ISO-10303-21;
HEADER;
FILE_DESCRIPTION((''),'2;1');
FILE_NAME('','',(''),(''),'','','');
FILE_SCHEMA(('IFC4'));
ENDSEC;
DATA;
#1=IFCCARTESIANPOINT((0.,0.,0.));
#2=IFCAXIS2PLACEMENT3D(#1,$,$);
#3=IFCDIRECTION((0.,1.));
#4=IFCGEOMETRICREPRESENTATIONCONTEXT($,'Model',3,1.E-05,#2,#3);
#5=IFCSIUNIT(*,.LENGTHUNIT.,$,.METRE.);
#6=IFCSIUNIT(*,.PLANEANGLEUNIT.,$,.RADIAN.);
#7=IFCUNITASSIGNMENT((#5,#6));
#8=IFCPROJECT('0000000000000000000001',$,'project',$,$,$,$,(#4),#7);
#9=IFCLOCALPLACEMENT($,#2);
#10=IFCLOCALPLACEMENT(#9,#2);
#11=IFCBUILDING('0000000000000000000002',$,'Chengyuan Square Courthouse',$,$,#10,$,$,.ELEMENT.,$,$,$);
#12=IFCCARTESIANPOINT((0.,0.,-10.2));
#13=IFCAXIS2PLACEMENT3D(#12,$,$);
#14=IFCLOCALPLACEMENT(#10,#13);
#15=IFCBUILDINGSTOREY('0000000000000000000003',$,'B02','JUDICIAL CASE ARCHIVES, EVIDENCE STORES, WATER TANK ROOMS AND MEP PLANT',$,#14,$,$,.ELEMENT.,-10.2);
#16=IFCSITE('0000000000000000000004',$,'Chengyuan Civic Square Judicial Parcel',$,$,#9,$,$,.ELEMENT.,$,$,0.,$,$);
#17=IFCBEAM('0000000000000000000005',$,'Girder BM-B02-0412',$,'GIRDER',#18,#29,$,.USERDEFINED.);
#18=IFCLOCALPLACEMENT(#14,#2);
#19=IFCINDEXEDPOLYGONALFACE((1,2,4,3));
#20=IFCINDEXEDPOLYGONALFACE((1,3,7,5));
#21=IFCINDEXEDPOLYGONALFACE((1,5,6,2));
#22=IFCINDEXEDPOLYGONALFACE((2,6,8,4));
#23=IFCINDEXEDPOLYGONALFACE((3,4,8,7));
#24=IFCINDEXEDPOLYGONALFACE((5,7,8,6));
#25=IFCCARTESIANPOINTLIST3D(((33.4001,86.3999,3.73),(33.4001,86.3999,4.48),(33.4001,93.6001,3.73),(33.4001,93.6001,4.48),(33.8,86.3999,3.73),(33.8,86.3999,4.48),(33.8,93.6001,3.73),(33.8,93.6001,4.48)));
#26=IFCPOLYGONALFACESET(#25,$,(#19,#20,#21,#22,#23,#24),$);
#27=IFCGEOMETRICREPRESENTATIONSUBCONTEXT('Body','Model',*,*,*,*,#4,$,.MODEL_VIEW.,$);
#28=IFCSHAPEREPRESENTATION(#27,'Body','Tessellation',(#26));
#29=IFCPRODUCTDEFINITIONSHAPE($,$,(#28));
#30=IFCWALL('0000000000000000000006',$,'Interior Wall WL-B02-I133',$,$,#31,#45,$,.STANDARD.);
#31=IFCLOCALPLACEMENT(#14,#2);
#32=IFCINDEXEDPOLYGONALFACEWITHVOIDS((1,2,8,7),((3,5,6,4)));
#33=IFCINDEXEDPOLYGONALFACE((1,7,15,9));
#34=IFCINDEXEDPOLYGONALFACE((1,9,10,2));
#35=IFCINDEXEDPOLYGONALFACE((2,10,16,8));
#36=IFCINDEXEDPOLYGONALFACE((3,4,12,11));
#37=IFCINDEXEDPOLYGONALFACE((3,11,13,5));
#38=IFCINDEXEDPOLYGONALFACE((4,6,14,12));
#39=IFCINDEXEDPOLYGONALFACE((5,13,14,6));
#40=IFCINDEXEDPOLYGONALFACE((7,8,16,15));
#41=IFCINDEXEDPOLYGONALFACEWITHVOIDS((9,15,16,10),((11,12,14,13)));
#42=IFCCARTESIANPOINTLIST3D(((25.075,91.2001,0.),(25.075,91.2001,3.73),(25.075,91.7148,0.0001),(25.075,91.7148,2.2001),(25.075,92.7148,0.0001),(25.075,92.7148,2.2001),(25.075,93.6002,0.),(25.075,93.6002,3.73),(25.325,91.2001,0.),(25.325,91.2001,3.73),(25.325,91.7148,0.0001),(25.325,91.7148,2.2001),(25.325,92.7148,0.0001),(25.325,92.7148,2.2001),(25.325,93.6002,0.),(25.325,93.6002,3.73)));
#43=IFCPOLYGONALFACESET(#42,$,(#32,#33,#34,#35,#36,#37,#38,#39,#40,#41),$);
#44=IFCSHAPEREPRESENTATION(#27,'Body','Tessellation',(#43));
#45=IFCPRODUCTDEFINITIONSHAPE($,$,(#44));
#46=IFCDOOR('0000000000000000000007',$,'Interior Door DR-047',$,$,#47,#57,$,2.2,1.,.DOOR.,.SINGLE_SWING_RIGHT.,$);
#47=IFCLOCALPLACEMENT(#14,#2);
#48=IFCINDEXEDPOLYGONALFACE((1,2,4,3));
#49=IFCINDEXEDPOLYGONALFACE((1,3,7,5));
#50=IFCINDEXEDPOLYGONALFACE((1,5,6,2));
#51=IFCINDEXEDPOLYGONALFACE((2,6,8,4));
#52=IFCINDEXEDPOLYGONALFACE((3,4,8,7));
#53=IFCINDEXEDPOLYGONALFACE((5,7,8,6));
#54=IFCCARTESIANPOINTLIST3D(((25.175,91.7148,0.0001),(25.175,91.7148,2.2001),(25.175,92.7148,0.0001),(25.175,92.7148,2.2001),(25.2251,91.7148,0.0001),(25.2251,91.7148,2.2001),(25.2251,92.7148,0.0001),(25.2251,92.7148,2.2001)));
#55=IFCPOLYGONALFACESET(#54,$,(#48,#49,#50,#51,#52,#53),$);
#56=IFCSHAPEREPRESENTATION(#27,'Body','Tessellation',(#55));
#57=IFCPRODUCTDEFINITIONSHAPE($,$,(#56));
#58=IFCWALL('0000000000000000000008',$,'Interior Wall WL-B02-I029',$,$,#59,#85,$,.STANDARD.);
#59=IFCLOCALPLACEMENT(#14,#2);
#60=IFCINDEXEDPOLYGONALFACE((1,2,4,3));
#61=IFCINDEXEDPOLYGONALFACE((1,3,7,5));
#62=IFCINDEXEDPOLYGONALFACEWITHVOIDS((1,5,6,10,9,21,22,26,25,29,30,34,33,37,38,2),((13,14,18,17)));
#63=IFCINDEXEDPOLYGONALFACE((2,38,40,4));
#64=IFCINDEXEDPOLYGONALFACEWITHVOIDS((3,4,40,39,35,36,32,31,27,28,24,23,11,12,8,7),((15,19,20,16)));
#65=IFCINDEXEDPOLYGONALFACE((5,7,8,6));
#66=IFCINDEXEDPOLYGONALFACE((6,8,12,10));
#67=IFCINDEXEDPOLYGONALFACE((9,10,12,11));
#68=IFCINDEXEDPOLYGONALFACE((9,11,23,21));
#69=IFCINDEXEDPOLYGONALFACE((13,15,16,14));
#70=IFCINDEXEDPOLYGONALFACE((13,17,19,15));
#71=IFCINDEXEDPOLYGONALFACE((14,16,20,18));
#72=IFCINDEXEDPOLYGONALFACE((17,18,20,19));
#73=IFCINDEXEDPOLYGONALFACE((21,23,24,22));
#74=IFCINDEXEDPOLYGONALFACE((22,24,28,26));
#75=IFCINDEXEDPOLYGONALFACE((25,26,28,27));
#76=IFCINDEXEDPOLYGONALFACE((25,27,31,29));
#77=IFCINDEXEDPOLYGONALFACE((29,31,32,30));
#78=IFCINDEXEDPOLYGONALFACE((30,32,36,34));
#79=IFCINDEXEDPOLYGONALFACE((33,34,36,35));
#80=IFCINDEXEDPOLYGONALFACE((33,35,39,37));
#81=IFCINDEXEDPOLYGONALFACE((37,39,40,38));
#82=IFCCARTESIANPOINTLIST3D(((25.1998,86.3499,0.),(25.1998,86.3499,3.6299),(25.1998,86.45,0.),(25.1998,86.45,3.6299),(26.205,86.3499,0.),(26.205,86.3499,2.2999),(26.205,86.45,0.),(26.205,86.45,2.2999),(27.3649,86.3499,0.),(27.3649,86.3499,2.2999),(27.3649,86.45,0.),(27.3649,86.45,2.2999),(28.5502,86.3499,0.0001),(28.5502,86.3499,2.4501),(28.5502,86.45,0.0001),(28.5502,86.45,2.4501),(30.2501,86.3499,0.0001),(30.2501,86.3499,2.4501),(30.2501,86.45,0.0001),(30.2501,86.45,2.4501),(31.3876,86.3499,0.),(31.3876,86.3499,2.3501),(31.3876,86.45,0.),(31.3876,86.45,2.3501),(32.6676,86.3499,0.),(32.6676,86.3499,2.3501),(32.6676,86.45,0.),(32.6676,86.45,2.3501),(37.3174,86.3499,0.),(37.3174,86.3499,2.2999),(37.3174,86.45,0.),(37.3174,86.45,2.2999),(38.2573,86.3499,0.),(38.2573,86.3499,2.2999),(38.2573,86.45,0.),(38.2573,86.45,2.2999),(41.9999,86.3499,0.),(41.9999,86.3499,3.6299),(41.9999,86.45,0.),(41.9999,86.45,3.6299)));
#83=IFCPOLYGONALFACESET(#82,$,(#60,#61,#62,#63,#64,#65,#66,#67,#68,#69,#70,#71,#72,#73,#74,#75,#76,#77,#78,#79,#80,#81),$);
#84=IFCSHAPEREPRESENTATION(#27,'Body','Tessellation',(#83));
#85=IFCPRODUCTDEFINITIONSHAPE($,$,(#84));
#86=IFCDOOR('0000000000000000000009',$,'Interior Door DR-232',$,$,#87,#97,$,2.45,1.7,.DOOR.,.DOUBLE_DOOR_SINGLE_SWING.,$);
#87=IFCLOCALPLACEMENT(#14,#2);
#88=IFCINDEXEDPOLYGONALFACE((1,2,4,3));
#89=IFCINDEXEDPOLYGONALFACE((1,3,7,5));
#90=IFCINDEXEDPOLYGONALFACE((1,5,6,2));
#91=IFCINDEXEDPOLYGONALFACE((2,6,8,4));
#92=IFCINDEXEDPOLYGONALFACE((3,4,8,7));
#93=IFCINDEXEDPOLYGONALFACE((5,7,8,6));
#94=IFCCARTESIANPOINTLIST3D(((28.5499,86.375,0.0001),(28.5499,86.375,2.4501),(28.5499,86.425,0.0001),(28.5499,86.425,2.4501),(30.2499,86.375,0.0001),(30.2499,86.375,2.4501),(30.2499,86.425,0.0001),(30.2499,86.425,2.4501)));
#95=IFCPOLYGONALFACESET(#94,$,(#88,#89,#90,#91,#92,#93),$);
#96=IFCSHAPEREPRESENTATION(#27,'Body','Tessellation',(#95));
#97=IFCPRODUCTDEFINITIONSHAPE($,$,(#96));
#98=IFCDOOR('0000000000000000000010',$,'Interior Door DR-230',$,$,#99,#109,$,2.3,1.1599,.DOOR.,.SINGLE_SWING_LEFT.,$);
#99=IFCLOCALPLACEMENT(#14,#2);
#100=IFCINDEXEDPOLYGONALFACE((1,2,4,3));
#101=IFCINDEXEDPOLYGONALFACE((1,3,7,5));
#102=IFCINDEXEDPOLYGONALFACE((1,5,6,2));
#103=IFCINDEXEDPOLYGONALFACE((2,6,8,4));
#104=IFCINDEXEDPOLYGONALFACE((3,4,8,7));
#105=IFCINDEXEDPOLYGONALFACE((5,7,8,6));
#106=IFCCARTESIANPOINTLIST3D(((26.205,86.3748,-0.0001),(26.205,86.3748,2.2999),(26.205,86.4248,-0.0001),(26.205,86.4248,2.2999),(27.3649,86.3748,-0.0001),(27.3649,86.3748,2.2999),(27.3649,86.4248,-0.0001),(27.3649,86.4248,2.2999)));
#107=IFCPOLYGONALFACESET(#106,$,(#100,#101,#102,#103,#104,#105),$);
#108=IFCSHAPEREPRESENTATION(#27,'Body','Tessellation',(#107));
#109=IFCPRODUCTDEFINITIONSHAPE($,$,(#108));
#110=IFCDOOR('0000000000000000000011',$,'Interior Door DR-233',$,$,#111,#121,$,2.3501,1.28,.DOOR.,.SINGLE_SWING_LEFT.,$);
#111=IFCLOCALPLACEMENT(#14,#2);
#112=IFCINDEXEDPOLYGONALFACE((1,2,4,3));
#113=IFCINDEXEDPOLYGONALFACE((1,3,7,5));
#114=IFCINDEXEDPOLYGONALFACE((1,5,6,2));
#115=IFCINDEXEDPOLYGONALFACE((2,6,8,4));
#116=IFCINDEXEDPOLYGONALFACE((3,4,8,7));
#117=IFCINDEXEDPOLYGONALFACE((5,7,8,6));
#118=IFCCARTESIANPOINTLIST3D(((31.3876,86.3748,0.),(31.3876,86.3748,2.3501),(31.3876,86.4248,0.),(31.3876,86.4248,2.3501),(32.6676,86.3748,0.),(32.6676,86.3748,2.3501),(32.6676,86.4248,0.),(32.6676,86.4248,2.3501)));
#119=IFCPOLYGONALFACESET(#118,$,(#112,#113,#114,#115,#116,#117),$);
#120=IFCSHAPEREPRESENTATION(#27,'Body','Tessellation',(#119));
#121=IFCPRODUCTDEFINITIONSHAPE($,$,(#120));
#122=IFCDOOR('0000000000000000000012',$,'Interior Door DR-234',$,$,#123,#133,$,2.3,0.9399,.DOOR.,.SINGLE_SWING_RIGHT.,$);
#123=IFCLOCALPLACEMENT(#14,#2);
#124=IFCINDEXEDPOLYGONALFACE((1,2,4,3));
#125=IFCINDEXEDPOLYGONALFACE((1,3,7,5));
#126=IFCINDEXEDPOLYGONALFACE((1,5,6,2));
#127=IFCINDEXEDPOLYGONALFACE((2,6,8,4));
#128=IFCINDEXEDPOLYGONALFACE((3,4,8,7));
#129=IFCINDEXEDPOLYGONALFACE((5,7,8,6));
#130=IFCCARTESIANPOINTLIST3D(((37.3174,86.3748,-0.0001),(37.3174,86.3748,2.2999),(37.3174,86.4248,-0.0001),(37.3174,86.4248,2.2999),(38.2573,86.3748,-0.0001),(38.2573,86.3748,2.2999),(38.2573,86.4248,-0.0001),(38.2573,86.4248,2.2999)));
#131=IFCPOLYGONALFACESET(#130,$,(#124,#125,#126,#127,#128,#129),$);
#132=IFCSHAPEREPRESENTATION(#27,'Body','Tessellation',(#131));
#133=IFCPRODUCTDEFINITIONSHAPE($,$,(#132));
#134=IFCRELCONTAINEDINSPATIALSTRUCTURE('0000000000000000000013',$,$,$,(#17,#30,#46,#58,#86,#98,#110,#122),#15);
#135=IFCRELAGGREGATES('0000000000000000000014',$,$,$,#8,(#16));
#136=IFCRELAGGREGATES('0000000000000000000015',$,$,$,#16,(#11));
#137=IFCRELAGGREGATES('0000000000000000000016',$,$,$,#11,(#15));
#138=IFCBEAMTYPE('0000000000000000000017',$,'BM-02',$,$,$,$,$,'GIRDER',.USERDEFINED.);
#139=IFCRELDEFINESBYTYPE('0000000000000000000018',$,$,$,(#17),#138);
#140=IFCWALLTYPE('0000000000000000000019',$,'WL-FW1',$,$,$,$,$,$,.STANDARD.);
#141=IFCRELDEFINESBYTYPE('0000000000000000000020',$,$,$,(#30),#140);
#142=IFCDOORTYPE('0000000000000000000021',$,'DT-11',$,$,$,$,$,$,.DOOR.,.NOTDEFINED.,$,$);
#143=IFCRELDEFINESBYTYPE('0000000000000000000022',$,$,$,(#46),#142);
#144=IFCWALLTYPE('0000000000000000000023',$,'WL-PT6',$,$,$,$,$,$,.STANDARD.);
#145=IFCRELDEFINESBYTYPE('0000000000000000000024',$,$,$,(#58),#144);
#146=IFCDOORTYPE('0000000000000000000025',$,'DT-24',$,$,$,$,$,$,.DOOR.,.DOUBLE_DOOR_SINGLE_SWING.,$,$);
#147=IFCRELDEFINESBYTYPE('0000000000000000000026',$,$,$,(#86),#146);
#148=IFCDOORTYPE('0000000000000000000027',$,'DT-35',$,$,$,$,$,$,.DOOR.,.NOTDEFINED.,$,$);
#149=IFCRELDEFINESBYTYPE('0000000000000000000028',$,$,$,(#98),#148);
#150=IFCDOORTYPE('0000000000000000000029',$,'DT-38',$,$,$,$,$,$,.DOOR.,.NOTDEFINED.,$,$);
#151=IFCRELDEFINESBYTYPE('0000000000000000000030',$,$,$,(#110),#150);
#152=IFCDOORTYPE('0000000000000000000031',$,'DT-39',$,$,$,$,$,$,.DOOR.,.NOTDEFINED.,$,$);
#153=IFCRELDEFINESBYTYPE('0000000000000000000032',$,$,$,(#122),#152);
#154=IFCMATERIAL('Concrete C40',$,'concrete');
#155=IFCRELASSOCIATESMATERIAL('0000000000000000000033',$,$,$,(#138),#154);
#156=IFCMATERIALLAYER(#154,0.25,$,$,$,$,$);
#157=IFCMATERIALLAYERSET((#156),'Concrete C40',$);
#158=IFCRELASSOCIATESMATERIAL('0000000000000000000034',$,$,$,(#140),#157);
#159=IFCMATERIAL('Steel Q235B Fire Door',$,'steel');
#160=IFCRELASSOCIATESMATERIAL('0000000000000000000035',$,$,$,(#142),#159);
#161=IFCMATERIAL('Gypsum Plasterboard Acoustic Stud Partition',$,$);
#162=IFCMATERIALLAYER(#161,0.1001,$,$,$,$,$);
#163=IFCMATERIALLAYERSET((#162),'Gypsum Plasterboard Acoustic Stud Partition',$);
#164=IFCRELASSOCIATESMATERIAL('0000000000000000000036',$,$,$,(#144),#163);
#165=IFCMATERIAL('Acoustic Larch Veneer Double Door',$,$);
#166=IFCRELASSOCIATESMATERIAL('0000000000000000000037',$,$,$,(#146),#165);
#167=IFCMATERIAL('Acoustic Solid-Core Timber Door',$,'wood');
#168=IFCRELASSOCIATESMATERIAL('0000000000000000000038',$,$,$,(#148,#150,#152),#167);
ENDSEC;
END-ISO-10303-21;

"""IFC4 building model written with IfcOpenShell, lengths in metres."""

from ifc_helpers import new_model, si_unit, direction, frame, frame_2d, origin, origin_2d, place, context, subcontext, project, spatial, rectangle, extrude, material, layer, layer_set, material_profile, profile_set, type_object, element, fill, save


model = new_model("IFC4")

# Units and contexts
model_context = context("Model", 3, precision=1e-05, world=origin(), true_north=direction((0.0, 1.0)))
body_context = subcontext(model_context, "Body", "Model", "MODEL_VIEW")
ifc_project = project(units=[si_unit("LENGTHUNIT", "METRE"), si_unit("PLANEANGLEUNIT", "RADIAN")], contexts=[model_context])

# Site, building, storey
site_placement = place(None, origin())
site = spatial("IfcSite", under=ifc_project, at=site_placement, Name="Chengyuan Civic Square Judicial Parcel", CompositionType="ELEMENT", RefElevation=0.0)
building_placement = place(site_placement, origin())
building = spatial("IfcBuilding", under=site, at=building_placement, Name="Chengyuan Square Courthouse", CompositionType="ELEMENT")
storey_placement = place(building_placement, frame((0.0, 0.0, -10.2)))
storey = spatial("IfcBuildingStorey", under=building, at=storey_placement, Name="B02", Description="JUDICIAL CASE ARCHIVES, EVIDENCE STORES, WATER TANK ROOMS AND MEP PLANT", CompositionType="ELEMENT", Elevation=-10.2)

# Shared definitions
ifc_material_1 = material(Name="Concrete C40", Category="concrete")

# Beam
ifc_material_profile_1 = material_profile(ifc_material_1, rectangle(XDim=0.3999, YDim=0.75, at=origin_2d()), Name="RC-BM-400x750")
ifc_profile_set_1 = profile_set([ifc_material_profile_1], Name="Concrete C40")
beam_type_1 = type_object("IfcBeamType", Name="BM-02", ElementType="GIRDER", PredefinedType="USERDEFINED", material=ifc_profile_set_1)
for number, where, z_axis, x_axis, name in (
    (1, (33.6001, 86.3999, 4.105), (0.0, 1.0, 0.0), (-1.0, 0.0, 0.0), "Girder BM-B02-0412"),
):
    element("IfcBeam", number, at=place(storey_placement, frame(where, z_axis=z_axis, x_axis=x_axis)), inside=storey, type_object=beam_type_1, Name=name, ObjectType="GIRDER", PredefinedType="USERDEFINED", context=body_context, shape_type="SweptSolid", body=[
        extrude(rectangle(XDim=0.3999, YDim=0.75, at=origin_2d()), origin(), (0.0, 0.0, 1.0), 7.2002),
    ])

# Wall, opening, door
ifc_layer_1 = layer(ifc_material_1, 0.25)
ifc_layer_set_1 = layer_set([ifc_layer_1], Name="Concrete C40")
wall_type_1 = type_object("IfcWallType", Name="WL-FW1", PredefinedType="STANDARD", material=ifc_layer_set_1)
wall_1_placement = place(storey_placement, frame((25.2, 91.2, 0.0), z_axis=(0.0, 0.0, 1.0), x_axis=(0.0, 1.0, 0.0)))
wall_1 = element("IfcWall", 2, at=wall_1_placement, inside=storey, type_object=wall_type_1, Name="Interior Wall WL-B02-I133", PredefinedType="STANDARD", context=body_context, shape_type="SweptSolid", body=[
    extrude(rectangle(XDim=2.4001, YDim=0.25, at=frame_2d((1.2002, 0.0))), origin(), (0.0, 0.0, 1.0), 3.73),
])
opening_1_placement = place(wall_1_placement, frame((0.5149, 0.0, 0.0)))
opening_1 = element("IfcOpeningElement", 3, at=opening_1_placement, cuts=wall_1, PredefinedType="OPENING", context=body_context, shape_type="SweptSolid", body=[
    extrude(rectangle(XDim=1.0, YDim=2.2, at=frame_2d((0.5, 1.1001))), frame((0.0, 0.137, 0.0), z_axis=(0.0, -1.0, 0.0), x_axis=(1.0, 0.0, 0.0)), (0.0, 0.0, 1.0), 0.2739),
])
ifc_material_2 = material(Name="Steel Q235B Fire Door", Category="steel")
door_type_1 = type_object("IfcDoorType", Name="DT-11", OperationType="NOTDEFINED", PredefinedType="DOOR", material=ifc_material_2)
door_1_placement = place(opening_1_placement, origin())
door_1 = element("IfcDoor", 4, at=door_1_placement, inside=storey, type_object=door_type_1, Name="Interior Door DR-047", OperationType="SINGLE_SWING_RIGHT", OverallHeight=2.2, OverallWidth=1.0, PredefinedType="DOOR", context=body_context, shape_type="SweptSolid", body=[
    extrude(rectangle(XDim=1.0, YDim=2.2, at=frame_2d((0.5, 1.1001))), frame((0.0, 0.0249, 0.0), z_axis=(0.0, -1.0, 0.0), x_axis=(1.0, 0.0, 0.0)), (0.0, 0.0, 1.0), 0.05),
])
fill(opening_1, door_1)

# Wall, openings, doors
ifc_material_3 = material(Name="Gypsum Plasterboard Acoustic Stud Partition")
ifc_layer_2 = layer(ifc_material_3, 0.1001)
ifc_layer_set_2 = layer_set([ifc_layer_2], Name="Gypsum Plasterboard Acoustic Stud Partition")
wall_type_2 = type_object("IfcWallType", Name="WL-PT6", PredefinedType="STANDARD", material=ifc_layer_set_2)
wall_2_placement = place(storey_placement, frame((25.2, 86.3999, 0.0), z_axis=(0.0, 0.0, 1.0), x_axis=(1.0, 0.0, 0.0)))
wall_2 = element("IfcWall", 5, at=wall_2_placement, inside=storey, type_object=wall_type_2, Name="Interior Wall WL-B02-I029", PredefinedType="STANDARD", context=body_context, shape_type="SweptSolid", body=[
    extrude(rectangle(XDim=16.8, YDim=0.1001, at=frame_2d((8.3999, 0.0))), origin(), (0.0, 0.0, 1.0), 3.6299),
])
opening_2_placement = place(wall_2_placement, frame((1.0049, 0.0, 0.0)))
opening_2 = element("IfcOpeningElement", 6, at=opening_2_placement, cuts=wall_2, PredefinedType="OPENING", context=body_context, shape_type="SweptSolid", body=[
    extrude(rectangle(XDim=1.1599, YDim=2.3, at=frame_2d((0.5801, 1.1499))), frame((0.0, 0.062, 0.0), z_axis=(0.0, -1.0, 0.0), x_axis=(1.0, 0.0, 0.0)), (0.0, 0.0, 1.0), 0.124),
])
opening_3_placement = place(wall_2_placement, frame((3.3501, 0.0, 0.0)))
opening_3 = element("IfcOpeningElement", 7, at=opening_3_placement, cuts=wall_2, PredefinedType="OPENING", context=body_context, shape_type="SweptSolid", body=[
    extrude(rectangle(XDim=1.7, YDim=2.45, at=frame_2d((0.8501, 1.2251))), frame((0.0, 0.062, 0.0), z_axis=(0.0, -1.0, 0.0), x_axis=(1.0, 0.0, 0.0)), (0.0, 0.0, 1.0), 0.124),
])
opening_4_placement = place(wall_2_placement, frame((6.1875, 0.0, 0.0)))
opening_4 = element("IfcOpeningElement", 8, at=opening_4_placement, cuts=wall_2, PredefinedType="OPENING", context=body_context, shape_type="SweptSolid", body=[
    extrude(rectangle(XDim=1.28, YDim=2.3501, at=frame_2d((0.6401, 1.175))), frame((0.0, 0.062, 0.0), z_axis=(0.0, -1.0, 0.0), x_axis=(1.0, 0.0, 0.0)), (0.0, 0.0, 1.0), 0.124),
])
opening_5_placement = place(wall_2_placement, frame((12.1174, 0.0, 0.0)))
opening_5 = element("IfcOpeningElement", 9, at=opening_5_placement, cuts=wall_2, PredefinedType="OPENING", context=body_context, shape_type="SweptSolid", body=[
    extrude(rectangle(XDim=0.9399, YDim=2.3, at=frame_2d((0.47, 1.1499))), frame((0.0, 0.062, 0.0), z_axis=(0.0, -1.0, 0.0), x_axis=(1.0, 0.0, 0.0)), (0.0, 0.0, 1.0), 0.124),
])
ifc_material_4 = material(Name="Acoustic Larch Veneer Double Door")
door_type_2 = type_object("IfcDoorType", Name="DT-24", OperationType="DOUBLE_DOOR_SINGLE_SWING", PredefinedType="DOOR", material=ifc_material_4)
door_2_placement = place(opening_3_placement, frame((1.7, 0.0, 0.0), z_axis=(0.0, 0.0, 1.0), x_axis=(-1.0, 0.0, 0.0)))
door_2 = element("IfcDoor", 10, at=door_2_placement, inside=storey, type_object=door_type_2, Name="Interior Door DR-232", OperationType="DOUBLE_DOOR_SINGLE_SWING", OverallHeight=2.45, OverallWidth=1.7, PredefinedType="DOOR", context=body_context, shape_type="SweptSolid", body=[
    extrude(rectangle(XDim=1.7, YDim=2.45, at=frame_2d((0.8501, 1.2251))), frame((0.0, 0.0249, 0.0), z_axis=(0.0, -1.0, 0.0), x_axis=(1.0, 0.0, 0.0)), (0.0, 0.0, 1.0), 0.05),
])
fill(opening_3, door_2)
ifc_material_5 = material(Name="Acoustic Solid-Core Timber Door", Category="wood")
door_type_3 = type_object("IfcDoorType", Name="DT-35", OperationType="NOTDEFINED", PredefinedType="DOOR", material=ifc_material_5)
door_3_placement = place(opening_2_placement, origin())
door_3 = element("IfcDoor", 11, at=door_3_placement, inside=storey, type_object=door_type_3, Name="Interior Door DR-230", OperationType="SINGLE_SWING_LEFT", OverallHeight=2.3, OverallWidth=1.1599, PredefinedType="DOOR", context=body_context, shape_type="SweptSolid", body=[
    extrude(rectangle(XDim=1.1599, YDim=2.3, at=frame_2d((0.5801, 1.1499))), frame((0.0, 0.0249, 0.0), z_axis=(0.0, -1.0, 0.0), x_axis=(1.0, 0.0, 0.0)), (0.0, 0.0, 1.0), 0.05),
])
fill(opening_2, door_3)
door_type_4 = type_object("IfcDoorType", Name="DT-38", OperationType="NOTDEFINED", PredefinedType="DOOR", material=ifc_material_5)
door_4_placement = place(opening_4_placement, origin())
door_4 = element("IfcDoor", 12, at=door_4_placement, inside=storey, type_object=door_type_4, Name="Interior Door DR-233", OperationType="SINGLE_SWING_LEFT", OverallHeight=2.3501, OverallWidth=1.28, PredefinedType="DOOR", context=body_context, shape_type="SweptSolid", body=[
    extrude(rectangle(XDim=1.28, YDim=2.3501, at=frame_2d((0.6401, 1.175))), frame((0.0, 0.0249, 0.0), z_axis=(0.0, -1.0, 0.0), x_axis=(1.0, 0.0, 0.0)), (0.0, 0.0, 1.0), 0.05),
])
fill(opening_4, door_4)
door_type_5 = type_object("IfcDoorType", Name="DT-39", OperationType="NOTDEFINED", PredefinedType="DOOR", material=ifc_material_5)
door_5_placement = place(opening_5_placement, origin())
door_5 = element("IfcDoor", 13, at=door_5_placement, inside=storey, type_object=door_type_5, Name="Interior Door DR-234", OperationType="SINGLE_SWING_RIGHT", OverallHeight=2.3, OverallWidth=0.9399, PredefinedType="DOOR", context=body_context, shape_type="SweptSolid", body=[
    extrude(rectangle(XDim=0.9399, YDim=2.3, at=frame_2d((0.47, 1.1499))), frame((0.0, 0.0249, 0.0), z_axis=(0.0, -1.0, 0.0), x_axis=(1.0, 0.0, 0.0)), (0.0, 0.0, 1.0), 0.05),
])
fill(opening_5, door_5)

save(model, "model.ifc")
